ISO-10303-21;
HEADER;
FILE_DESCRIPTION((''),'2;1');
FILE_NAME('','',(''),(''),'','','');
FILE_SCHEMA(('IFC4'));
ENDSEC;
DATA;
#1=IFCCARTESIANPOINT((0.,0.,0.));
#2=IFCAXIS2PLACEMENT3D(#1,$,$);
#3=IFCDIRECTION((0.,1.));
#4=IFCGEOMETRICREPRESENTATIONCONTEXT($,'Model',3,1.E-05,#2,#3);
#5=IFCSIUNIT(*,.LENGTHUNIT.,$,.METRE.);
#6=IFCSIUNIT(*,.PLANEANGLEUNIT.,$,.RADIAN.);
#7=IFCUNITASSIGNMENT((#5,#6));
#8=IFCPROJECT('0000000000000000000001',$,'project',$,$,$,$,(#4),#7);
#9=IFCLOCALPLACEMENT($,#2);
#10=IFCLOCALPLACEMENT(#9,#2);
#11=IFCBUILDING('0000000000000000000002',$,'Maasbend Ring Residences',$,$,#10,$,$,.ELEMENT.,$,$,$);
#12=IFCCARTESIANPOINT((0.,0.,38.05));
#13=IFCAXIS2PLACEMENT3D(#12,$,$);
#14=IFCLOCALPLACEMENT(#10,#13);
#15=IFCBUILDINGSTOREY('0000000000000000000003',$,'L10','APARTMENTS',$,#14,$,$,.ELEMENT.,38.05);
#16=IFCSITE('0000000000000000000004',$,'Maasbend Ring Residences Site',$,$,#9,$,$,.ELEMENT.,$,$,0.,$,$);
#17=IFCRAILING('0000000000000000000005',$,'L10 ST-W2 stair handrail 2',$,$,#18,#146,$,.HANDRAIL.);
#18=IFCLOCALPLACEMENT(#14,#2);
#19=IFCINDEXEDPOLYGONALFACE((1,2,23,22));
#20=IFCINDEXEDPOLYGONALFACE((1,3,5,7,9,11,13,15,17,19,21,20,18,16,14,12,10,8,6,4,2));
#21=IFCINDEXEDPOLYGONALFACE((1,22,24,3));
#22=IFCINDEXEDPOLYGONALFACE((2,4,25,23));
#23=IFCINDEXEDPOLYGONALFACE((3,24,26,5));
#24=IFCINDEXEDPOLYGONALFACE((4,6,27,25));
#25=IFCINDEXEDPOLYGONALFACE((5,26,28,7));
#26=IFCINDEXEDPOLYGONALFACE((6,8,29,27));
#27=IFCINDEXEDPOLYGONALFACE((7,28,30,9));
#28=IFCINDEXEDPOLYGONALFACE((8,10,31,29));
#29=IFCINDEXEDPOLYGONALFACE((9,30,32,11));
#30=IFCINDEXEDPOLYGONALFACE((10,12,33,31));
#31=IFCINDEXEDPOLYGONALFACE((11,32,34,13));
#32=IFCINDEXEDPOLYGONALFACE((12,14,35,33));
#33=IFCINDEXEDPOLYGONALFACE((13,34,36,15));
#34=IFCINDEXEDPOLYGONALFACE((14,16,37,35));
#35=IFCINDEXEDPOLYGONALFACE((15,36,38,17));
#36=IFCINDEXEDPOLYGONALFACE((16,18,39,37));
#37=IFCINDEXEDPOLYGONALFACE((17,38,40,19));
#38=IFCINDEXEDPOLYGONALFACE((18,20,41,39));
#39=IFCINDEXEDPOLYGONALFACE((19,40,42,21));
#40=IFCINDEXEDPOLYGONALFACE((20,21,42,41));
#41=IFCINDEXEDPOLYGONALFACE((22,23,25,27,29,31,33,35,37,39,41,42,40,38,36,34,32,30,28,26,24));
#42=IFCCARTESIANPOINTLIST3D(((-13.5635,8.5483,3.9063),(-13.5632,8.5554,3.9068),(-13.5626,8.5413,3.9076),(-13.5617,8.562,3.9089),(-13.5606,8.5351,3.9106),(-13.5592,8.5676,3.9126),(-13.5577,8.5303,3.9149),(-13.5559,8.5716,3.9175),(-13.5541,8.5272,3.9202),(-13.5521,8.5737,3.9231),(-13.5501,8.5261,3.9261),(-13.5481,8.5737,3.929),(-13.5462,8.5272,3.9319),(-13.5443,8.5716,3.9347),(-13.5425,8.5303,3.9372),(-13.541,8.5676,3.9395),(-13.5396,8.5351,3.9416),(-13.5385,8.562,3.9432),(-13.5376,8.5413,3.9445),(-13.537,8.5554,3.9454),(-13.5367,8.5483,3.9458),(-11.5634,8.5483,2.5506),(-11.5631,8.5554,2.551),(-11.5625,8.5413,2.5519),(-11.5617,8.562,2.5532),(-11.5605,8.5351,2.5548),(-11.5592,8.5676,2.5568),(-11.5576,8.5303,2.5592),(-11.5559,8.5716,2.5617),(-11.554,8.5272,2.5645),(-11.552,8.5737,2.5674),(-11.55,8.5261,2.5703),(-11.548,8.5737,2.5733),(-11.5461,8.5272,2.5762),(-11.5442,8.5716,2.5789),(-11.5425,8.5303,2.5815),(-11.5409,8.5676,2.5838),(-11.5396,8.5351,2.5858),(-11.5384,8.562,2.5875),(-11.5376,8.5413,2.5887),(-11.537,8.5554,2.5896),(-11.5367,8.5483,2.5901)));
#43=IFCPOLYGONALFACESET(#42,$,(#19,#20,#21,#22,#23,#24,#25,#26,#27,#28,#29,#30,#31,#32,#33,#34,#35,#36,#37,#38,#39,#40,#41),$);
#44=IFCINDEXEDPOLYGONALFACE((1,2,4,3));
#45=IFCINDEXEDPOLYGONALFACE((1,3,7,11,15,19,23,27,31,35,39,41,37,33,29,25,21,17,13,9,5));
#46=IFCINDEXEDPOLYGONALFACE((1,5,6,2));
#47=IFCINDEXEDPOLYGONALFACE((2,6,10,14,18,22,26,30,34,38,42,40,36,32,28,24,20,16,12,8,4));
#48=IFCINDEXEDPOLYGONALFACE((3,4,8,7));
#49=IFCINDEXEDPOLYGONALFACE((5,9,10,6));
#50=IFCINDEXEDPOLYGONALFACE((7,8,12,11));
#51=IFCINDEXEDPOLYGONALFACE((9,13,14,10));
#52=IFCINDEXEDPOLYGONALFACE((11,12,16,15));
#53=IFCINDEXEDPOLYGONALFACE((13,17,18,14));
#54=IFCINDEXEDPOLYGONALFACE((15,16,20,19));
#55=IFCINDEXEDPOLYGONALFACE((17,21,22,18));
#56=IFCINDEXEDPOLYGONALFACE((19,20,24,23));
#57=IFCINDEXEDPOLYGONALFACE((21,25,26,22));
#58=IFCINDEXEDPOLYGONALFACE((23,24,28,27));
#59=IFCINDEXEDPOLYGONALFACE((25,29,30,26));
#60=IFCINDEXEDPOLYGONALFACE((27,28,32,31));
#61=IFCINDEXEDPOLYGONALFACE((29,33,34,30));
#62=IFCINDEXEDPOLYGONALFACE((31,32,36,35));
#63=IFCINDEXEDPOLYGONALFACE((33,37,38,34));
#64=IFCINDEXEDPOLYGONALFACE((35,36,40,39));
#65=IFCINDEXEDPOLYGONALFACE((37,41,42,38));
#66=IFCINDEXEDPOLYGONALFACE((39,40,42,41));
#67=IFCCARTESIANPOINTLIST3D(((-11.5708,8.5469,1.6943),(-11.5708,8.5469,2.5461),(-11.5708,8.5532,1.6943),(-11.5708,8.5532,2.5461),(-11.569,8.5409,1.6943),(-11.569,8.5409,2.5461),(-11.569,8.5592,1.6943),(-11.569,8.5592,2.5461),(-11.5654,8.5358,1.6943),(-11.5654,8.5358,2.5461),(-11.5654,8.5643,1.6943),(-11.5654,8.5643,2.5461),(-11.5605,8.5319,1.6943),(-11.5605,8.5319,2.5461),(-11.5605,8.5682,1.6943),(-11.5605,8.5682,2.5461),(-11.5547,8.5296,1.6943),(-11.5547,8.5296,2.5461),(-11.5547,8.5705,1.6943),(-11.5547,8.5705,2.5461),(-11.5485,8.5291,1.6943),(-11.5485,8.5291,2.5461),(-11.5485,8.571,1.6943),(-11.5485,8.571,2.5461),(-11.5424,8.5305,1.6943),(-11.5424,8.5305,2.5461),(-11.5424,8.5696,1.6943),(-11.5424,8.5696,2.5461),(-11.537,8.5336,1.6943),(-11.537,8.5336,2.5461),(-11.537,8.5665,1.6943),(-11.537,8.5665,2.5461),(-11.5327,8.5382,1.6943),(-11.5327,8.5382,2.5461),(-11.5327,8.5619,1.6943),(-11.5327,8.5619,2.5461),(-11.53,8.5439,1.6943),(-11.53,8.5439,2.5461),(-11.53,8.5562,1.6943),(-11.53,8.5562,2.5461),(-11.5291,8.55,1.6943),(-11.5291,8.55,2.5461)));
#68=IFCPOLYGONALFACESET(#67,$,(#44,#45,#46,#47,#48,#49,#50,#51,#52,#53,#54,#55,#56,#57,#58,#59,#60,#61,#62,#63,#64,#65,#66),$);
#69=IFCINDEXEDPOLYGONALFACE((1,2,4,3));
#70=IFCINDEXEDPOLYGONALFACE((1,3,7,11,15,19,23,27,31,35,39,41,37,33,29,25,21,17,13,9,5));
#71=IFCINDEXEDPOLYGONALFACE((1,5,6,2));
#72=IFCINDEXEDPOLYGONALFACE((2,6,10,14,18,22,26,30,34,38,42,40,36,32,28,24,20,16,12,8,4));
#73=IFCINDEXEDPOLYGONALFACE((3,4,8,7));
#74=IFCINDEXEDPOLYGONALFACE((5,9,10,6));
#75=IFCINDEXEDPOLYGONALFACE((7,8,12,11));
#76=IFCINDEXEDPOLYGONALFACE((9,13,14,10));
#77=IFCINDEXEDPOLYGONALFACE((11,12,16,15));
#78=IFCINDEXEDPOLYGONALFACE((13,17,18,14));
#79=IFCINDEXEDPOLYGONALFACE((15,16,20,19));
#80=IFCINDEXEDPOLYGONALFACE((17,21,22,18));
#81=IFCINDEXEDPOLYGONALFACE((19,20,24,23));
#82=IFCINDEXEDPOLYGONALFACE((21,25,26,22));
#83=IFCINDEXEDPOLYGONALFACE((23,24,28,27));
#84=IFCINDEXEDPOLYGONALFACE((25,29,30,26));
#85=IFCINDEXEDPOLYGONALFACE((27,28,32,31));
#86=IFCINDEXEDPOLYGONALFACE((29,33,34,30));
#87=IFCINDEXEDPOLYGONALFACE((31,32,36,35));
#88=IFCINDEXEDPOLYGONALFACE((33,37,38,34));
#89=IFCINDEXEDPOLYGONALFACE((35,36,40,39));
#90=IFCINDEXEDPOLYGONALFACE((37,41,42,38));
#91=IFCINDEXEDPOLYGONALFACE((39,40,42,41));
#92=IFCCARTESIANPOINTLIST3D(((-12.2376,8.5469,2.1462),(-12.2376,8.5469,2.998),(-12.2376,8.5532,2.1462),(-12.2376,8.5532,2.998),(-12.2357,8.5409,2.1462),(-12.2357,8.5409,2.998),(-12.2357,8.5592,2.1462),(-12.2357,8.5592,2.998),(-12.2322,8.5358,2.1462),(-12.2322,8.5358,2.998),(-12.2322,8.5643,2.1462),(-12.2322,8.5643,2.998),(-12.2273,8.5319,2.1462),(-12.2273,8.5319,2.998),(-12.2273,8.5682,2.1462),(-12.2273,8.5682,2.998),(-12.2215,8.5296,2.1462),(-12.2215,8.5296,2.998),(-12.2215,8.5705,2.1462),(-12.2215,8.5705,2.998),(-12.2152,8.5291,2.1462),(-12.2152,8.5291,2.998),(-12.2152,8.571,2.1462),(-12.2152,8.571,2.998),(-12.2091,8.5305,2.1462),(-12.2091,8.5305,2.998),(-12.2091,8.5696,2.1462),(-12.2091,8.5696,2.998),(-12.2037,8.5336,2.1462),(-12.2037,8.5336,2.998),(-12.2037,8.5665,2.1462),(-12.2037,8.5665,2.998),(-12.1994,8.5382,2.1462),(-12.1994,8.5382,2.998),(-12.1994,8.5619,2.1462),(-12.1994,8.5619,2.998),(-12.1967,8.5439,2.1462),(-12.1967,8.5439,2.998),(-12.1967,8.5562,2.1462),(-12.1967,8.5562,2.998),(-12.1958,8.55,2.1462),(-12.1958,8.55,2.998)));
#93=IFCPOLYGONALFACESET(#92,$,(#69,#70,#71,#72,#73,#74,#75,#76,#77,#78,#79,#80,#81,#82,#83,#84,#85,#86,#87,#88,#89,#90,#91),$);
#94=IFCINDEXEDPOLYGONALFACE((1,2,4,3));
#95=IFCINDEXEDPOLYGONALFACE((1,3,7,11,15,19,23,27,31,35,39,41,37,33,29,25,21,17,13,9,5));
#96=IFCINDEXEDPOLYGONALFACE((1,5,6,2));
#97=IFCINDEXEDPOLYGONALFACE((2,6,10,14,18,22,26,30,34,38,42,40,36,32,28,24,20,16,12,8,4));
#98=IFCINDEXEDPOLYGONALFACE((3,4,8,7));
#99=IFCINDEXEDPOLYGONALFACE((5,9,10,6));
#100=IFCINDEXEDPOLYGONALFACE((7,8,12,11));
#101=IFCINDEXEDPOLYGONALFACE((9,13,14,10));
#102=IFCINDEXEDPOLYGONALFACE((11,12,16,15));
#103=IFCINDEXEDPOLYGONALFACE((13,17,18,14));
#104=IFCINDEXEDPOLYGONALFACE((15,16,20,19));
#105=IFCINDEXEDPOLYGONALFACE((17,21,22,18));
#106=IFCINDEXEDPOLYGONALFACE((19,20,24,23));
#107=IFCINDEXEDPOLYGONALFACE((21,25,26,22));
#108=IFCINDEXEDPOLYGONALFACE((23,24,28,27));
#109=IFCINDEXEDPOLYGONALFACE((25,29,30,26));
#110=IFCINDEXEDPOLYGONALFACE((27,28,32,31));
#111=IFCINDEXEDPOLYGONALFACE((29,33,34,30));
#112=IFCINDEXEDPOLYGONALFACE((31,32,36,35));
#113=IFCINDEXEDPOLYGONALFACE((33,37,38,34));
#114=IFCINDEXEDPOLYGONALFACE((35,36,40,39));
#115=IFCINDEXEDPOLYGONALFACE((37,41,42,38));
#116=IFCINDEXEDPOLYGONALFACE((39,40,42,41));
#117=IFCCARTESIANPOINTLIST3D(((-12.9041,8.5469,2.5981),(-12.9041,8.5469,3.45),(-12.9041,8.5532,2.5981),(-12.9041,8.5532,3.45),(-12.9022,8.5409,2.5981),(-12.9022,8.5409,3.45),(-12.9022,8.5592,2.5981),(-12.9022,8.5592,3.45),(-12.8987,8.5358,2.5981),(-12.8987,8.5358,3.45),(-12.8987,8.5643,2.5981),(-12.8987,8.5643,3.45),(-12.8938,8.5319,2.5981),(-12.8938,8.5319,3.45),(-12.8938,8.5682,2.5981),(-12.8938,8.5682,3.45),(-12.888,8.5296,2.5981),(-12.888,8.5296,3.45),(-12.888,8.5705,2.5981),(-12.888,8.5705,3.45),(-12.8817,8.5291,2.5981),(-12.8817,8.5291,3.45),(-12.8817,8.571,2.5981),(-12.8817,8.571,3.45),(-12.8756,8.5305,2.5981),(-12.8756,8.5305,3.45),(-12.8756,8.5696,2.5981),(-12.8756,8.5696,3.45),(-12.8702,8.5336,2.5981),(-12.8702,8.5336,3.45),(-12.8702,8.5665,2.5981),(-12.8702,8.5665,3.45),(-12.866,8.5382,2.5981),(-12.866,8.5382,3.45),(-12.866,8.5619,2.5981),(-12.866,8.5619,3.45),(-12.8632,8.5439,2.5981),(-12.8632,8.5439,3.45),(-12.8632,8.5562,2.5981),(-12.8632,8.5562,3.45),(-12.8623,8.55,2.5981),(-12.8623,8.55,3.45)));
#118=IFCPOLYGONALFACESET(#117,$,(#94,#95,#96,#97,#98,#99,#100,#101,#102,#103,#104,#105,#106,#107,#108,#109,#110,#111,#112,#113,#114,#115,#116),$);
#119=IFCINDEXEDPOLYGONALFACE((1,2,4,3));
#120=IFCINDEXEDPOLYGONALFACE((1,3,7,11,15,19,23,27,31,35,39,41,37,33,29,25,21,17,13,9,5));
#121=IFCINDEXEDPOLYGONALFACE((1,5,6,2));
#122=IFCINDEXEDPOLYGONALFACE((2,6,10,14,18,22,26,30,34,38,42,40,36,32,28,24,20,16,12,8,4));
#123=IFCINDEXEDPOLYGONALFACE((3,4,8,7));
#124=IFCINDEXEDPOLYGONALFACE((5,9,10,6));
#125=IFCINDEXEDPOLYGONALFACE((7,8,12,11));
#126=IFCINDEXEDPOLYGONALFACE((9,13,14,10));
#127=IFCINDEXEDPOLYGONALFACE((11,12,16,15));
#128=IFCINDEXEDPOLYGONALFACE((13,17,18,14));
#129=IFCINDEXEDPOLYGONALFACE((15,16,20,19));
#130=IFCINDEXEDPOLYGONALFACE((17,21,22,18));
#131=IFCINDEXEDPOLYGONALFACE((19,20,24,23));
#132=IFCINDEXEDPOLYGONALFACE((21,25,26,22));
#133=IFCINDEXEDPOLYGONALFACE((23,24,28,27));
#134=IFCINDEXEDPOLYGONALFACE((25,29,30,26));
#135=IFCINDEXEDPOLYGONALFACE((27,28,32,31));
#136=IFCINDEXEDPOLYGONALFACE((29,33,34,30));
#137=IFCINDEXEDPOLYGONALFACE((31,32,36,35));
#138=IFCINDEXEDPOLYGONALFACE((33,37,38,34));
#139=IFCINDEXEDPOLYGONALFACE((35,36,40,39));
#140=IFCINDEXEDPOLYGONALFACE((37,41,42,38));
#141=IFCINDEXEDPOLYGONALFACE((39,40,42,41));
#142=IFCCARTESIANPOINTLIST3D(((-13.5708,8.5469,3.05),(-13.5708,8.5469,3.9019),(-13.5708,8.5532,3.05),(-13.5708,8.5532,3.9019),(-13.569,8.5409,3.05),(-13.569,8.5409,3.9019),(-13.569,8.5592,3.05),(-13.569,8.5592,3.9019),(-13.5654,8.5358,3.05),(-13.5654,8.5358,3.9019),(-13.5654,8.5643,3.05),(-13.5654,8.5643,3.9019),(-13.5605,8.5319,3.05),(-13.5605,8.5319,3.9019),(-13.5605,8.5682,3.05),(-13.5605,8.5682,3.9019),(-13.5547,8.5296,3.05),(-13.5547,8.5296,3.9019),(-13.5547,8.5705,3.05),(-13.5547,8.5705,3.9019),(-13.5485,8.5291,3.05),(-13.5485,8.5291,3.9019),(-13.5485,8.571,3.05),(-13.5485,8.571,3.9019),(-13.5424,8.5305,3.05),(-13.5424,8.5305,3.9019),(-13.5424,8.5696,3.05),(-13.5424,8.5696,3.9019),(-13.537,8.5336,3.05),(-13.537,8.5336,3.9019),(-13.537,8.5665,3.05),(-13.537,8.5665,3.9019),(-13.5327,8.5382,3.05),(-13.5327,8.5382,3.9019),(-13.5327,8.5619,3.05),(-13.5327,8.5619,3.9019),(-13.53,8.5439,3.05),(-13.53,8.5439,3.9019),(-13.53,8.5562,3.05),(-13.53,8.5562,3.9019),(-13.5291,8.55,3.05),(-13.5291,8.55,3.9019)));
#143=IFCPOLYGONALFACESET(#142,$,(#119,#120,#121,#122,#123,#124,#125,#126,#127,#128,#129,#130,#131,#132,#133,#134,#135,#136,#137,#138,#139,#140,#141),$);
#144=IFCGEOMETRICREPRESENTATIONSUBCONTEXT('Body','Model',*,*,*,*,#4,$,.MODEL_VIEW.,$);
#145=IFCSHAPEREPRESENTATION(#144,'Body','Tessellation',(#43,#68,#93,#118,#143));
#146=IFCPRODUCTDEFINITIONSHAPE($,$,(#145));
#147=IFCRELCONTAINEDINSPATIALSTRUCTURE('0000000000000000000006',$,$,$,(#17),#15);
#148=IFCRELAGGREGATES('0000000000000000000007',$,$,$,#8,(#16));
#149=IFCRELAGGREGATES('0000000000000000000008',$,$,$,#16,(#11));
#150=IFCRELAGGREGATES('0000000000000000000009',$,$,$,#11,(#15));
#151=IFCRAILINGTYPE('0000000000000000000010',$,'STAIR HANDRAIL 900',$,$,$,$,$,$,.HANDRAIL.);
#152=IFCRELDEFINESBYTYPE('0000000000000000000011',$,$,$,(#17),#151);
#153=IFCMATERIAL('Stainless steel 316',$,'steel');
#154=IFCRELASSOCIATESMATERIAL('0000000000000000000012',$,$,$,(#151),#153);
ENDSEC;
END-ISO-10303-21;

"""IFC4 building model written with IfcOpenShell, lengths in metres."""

from ifc_helpers import new_model, si_unit, direction, frame, origin, origin_2d, place, context, subcontext, project, spatial, circle, extrude, material, type_object, element, save


model = new_model("IFC4")

# Units and contexts
model_context = context("Model", 3, precision=1e-05, world=origin(), true_north=direction((0.0, 1.0)))
body_context = subcontext(model_context, "Body", "Model", "MODEL_VIEW")
ifc_project = project(units=[si_unit("LENGTHUNIT", "METRE"), si_unit("PLANEANGLEUNIT", "RADIAN")], contexts=[model_context])

# Site, building, storey
site_placement = place(None, origin())
site = spatial("IfcSite", under=ifc_project, at=site_placement, Name="Maasbend Ring Residences Site", CompositionType="ELEMENT", RefElevation=0.0)
building_placement = place(site_placement, origin())
building = spatial("IfcBuilding", under=site, at=building_placement, Name="Maasbend Ring Residences", CompositionType="ELEMENT")
storey_placement = place(building_placement, frame((0.0, 0.0, 38.05)))
storey = spatial("IfcBuildingStorey", under=building, at=storey_placement, Name="L10", Description="APARTMENTS", CompositionType="ELEMENT", Elevation=38.05)

# Railing
ifc_material_1 = material(Name="Stainless steel 316", Category="steel")
railing_type_1 = type_object("IfcRailingType", Name="STAIR HANDRAIL 900", PredefinedType="HANDRAIL", material=ifc_material_1)
railing_1_placement = place(storey_placement, frame((-11.55, 8.55, 1.6943)))
element("IfcRailing", 1, at=railing_1_placement, inside=storey, type_object=railing_type_1, Name="L10 ST-W2 stair handrail 2", PredefinedType="HANDRAIL", context=body_context, shape_type="SweptSolid", body=[
    extrude(circle(Radius=0.0239, at=origin_2d()), frame((0.0, 0.0, 0.876), z_axis=(-0.827751, 0.0, 0.561096), x_axis=(0.0, -1.0, 0.0)), (0.0, 0.0, 1.0), 2.4163),
    extrude(circle(Radius=0.021, at=origin_2d()), origin(), (0.0, 0.0, 1.0), 0.8518),
    extrude(circle(Radius=0.021, at=origin_2d()), frame((-0.6667, 0.0, 0.4519)), (0.0, 0.0, 1.0), 0.8518),
    extrude(circle(Radius=0.021, at=origin_2d()), frame((-1.3333, 0.0, 0.9038)), (0.0, 0.0, 1.0), 0.8518),
    extrude(circle(Radius=0.021, at=origin_2d()), frame((-2.0, 0.0, 1.3557)), (0.0, 0.0, 1.0), 0.8518),
])

save(model, "model.ifc")
